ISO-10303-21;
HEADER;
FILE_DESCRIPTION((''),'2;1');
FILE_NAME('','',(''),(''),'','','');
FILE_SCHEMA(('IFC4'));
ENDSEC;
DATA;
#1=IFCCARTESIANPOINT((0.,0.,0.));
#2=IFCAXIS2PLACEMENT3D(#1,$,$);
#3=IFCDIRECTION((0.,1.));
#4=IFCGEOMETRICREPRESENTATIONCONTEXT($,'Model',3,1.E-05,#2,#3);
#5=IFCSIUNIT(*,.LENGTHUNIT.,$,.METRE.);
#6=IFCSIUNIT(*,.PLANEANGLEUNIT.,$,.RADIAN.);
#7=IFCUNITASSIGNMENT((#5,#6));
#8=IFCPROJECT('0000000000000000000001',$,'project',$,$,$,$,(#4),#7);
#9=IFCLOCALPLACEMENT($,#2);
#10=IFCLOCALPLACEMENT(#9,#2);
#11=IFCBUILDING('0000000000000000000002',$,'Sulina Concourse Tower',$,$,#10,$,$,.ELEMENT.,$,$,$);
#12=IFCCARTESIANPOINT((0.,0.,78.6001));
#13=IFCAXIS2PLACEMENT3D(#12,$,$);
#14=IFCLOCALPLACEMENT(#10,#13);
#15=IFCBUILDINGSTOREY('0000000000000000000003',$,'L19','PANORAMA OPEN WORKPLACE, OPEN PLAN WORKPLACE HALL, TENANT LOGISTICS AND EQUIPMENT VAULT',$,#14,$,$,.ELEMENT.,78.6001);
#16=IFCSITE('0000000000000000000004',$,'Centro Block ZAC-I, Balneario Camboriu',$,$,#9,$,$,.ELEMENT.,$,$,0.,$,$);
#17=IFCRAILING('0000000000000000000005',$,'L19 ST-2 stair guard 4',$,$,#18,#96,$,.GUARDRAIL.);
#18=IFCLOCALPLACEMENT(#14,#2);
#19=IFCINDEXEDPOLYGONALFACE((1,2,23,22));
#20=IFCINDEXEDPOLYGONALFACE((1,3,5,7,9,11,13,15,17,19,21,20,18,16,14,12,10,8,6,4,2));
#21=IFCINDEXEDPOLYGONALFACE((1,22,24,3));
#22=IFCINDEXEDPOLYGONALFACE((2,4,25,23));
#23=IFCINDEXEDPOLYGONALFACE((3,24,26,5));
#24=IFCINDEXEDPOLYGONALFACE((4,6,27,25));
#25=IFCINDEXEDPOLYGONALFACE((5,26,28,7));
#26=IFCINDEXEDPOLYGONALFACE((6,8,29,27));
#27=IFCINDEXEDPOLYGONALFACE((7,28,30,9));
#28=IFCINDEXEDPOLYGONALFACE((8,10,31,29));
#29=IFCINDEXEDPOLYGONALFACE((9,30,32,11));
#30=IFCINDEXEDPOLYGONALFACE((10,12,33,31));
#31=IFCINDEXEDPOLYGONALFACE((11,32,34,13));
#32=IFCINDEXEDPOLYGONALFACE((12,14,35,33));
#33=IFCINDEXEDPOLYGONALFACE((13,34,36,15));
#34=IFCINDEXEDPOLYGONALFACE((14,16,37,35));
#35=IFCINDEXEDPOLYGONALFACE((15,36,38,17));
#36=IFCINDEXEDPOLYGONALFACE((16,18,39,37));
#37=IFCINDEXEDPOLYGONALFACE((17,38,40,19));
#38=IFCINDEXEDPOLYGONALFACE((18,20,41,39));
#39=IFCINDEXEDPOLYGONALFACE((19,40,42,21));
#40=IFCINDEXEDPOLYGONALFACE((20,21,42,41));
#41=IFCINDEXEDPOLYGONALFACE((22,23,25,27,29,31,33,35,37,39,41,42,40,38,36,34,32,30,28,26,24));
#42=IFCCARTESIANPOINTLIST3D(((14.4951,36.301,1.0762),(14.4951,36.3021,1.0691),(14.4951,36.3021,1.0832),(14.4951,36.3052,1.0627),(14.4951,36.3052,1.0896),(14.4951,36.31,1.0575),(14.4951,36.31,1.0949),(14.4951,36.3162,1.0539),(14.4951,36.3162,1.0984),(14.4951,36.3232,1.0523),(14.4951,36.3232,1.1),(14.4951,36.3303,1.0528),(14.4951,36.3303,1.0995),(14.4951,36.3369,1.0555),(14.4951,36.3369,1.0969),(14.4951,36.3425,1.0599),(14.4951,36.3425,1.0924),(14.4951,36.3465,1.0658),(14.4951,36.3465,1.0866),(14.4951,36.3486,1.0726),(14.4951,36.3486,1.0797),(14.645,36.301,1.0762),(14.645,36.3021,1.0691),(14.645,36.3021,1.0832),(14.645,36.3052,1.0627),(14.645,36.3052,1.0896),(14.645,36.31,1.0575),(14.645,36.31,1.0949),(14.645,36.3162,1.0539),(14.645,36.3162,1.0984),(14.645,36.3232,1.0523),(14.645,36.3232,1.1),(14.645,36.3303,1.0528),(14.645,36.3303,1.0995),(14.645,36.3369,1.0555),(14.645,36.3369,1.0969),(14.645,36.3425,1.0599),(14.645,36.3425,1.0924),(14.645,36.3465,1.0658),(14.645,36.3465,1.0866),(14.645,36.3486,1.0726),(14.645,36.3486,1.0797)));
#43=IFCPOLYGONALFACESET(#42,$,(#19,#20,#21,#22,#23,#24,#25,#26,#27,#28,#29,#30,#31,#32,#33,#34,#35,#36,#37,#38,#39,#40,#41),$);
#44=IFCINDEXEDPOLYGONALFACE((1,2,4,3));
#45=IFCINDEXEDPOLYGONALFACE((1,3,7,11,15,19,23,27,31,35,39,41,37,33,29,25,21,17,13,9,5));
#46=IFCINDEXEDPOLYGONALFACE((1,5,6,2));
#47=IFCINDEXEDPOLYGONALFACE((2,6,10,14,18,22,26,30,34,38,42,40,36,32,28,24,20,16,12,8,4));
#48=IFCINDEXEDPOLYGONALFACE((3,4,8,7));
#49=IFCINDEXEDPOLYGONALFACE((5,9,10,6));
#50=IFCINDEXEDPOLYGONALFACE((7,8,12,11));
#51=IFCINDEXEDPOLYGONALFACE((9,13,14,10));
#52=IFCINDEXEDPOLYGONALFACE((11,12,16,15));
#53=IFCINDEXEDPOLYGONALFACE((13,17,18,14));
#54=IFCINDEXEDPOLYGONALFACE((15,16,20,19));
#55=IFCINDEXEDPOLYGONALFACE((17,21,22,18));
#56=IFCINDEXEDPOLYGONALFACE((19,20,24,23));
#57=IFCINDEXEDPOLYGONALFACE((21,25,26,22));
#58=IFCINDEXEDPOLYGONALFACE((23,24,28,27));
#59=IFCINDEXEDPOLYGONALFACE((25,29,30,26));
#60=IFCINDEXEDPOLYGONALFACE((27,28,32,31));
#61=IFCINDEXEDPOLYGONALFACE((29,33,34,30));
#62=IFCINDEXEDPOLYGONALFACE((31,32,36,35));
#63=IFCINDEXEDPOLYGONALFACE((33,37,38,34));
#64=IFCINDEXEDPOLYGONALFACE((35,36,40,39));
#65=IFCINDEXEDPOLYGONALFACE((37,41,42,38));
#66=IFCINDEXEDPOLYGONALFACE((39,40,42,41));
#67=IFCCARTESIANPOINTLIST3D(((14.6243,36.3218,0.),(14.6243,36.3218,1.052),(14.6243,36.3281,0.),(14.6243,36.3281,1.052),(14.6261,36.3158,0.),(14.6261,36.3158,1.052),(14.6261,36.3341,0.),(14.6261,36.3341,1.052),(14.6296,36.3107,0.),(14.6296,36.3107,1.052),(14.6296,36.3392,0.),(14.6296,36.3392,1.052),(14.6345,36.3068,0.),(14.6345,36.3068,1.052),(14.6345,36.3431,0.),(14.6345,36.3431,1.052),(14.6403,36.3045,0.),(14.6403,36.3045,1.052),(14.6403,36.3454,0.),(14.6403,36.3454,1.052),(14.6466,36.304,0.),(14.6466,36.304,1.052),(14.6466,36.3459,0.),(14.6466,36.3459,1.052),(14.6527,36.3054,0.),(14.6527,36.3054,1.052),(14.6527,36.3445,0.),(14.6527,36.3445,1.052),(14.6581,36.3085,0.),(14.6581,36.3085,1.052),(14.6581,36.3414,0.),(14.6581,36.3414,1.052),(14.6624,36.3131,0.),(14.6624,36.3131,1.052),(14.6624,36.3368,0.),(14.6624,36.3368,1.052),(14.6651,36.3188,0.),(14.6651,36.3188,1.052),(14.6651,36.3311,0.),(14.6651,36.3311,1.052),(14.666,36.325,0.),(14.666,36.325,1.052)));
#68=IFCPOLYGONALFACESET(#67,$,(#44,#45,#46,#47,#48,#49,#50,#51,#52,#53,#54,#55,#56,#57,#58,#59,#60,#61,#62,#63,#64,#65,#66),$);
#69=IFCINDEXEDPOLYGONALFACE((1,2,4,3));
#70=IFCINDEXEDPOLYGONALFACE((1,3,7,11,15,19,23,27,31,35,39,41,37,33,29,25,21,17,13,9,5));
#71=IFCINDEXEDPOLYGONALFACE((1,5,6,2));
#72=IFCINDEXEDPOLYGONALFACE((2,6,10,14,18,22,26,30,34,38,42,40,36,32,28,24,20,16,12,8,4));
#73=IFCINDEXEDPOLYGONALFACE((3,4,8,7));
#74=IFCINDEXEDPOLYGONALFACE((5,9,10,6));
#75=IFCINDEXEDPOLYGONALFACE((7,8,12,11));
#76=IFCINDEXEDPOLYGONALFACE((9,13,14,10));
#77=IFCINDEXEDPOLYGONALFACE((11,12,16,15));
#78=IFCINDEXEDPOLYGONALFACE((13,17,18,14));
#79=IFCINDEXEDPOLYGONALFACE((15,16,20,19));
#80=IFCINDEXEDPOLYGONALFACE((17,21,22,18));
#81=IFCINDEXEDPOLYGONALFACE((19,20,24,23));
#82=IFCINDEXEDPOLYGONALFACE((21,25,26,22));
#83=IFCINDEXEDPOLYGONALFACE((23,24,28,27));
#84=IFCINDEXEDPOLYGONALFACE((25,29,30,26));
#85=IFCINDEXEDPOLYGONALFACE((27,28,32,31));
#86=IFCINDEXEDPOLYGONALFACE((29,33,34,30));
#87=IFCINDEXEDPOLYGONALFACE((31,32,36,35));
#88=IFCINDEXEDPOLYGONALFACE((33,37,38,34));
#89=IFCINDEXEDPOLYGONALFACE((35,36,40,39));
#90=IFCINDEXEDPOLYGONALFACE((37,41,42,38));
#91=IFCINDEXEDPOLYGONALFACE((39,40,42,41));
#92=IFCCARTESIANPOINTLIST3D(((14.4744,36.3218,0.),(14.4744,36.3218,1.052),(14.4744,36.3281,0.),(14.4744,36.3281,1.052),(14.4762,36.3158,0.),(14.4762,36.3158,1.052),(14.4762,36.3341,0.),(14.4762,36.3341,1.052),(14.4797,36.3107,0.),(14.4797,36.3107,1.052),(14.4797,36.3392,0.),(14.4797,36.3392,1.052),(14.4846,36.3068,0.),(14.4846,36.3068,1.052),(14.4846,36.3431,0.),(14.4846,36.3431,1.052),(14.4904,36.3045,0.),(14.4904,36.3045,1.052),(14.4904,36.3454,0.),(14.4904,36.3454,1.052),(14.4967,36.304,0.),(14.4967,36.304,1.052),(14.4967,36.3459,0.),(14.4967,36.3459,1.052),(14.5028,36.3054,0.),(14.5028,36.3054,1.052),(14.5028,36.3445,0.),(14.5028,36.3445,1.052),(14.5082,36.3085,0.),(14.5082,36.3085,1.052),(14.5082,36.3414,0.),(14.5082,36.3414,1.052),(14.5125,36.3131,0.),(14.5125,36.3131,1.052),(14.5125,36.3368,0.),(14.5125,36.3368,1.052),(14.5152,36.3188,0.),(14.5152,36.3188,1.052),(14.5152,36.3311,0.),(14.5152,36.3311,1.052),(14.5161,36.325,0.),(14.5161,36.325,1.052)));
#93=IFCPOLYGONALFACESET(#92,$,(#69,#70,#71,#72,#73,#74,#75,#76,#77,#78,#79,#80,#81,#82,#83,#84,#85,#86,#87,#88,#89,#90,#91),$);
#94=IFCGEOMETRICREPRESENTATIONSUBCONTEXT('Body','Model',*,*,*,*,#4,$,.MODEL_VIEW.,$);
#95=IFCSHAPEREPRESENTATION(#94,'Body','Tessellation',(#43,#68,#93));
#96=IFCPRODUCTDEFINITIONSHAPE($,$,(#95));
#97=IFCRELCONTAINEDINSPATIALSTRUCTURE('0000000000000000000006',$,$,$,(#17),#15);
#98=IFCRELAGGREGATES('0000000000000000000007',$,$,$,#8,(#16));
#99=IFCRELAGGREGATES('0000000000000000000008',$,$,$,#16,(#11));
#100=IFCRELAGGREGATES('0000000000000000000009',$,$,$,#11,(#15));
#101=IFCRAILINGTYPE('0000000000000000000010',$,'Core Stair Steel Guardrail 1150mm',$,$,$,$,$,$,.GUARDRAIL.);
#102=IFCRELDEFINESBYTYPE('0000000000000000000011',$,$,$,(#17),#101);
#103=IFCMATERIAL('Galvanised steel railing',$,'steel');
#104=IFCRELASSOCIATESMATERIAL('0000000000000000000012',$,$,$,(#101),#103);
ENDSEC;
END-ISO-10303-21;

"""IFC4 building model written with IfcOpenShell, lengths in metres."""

from ifc_helpers import new_model, si_unit, direction, frame, origin, origin_2d, place, context, subcontext, project, spatial, circle, extrude, material, type_object, element, save


model = new_model("IFC4")

# Units and contexts
model_context = context("Model", 3, precision=1e-05, world=origin(), true_north=direction((0.0, 1.0)))
body_context = subcontext(model_context, "Body", "Model", "MODEL_VIEW")
ifc_project = project(units=[si_unit("LENGTHUNIT", "METRE"), si_unit("PLANEANGLEUNIT", "RADIAN")], contexts=[model_context])

# Site, building, storey
site_placement = place(None, origin())
site = spatial("IfcSite", under=ifc_project, at=site_placement, Name="Centro Block ZAC-I, Balneario Camboriu", CompositionType="ELEMENT", RefElevation=0.0)
building_placement = place(site_placement, origin())
building = spatial("IfcBuilding", under=site, at=building_placement, Name="Sulina Concourse Tower", CompositionType="ELEMENT")
storey_placement = place(building_placement, frame((0.0, 0.0, 78.6001)))
storey = spatial("IfcBuildingStorey", under=building, at=storey_placement, Name="L19", Description="PANORAMA OPEN WORKPLACE, OPEN PLAN WORKPLACE HALL, TENANT LOGISTICS AND EQUIPMENT VAULT", CompositionType="ELEMENT", Elevation=78.6001)

# Railing
ifc_material_1 = material(Name="Galvanised steel railing", Category="steel")
railing_type_1 = type_object("IfcRailingType", Name="Core Stair Steel Guardrail 1150mm", PredefinedType="GUARDRAIL", material=ifc_material_1)
railing_1_placement = place(storey_placement, frame((14.645, 36.325, 0.0)))
element("IfcRailing", 1, at=railing_1_placement, inside=storey, type_object=railing_type_1, Name="L19 ST-2 stair guard 4", PredefinedType="GUARDRAIL", context=body_context, shape_type="SweptSolid", body=[
    extrude(circle(Radius=0.0239, at=origin_2d()), frame((0.0, 0.0, 1.0762), z_axis=(-1.0, 0.0, 0.0), x_axis=(0.0, -1.0, 0.0)), (0.0, 0.0, 1.0), 0.1499),
    extrude(circle(Radius=0.021, at=origin_2d()), origin(), (0.0, 0.0, 1.0), 1.052),
    extrude(circle(Radius=0.021, at=origin_2d()), frame((-0.1499, 0.0, 0.0)), (0.0, 0.0, 1.0), 1.052),
])

save(model, "model.ifc")
